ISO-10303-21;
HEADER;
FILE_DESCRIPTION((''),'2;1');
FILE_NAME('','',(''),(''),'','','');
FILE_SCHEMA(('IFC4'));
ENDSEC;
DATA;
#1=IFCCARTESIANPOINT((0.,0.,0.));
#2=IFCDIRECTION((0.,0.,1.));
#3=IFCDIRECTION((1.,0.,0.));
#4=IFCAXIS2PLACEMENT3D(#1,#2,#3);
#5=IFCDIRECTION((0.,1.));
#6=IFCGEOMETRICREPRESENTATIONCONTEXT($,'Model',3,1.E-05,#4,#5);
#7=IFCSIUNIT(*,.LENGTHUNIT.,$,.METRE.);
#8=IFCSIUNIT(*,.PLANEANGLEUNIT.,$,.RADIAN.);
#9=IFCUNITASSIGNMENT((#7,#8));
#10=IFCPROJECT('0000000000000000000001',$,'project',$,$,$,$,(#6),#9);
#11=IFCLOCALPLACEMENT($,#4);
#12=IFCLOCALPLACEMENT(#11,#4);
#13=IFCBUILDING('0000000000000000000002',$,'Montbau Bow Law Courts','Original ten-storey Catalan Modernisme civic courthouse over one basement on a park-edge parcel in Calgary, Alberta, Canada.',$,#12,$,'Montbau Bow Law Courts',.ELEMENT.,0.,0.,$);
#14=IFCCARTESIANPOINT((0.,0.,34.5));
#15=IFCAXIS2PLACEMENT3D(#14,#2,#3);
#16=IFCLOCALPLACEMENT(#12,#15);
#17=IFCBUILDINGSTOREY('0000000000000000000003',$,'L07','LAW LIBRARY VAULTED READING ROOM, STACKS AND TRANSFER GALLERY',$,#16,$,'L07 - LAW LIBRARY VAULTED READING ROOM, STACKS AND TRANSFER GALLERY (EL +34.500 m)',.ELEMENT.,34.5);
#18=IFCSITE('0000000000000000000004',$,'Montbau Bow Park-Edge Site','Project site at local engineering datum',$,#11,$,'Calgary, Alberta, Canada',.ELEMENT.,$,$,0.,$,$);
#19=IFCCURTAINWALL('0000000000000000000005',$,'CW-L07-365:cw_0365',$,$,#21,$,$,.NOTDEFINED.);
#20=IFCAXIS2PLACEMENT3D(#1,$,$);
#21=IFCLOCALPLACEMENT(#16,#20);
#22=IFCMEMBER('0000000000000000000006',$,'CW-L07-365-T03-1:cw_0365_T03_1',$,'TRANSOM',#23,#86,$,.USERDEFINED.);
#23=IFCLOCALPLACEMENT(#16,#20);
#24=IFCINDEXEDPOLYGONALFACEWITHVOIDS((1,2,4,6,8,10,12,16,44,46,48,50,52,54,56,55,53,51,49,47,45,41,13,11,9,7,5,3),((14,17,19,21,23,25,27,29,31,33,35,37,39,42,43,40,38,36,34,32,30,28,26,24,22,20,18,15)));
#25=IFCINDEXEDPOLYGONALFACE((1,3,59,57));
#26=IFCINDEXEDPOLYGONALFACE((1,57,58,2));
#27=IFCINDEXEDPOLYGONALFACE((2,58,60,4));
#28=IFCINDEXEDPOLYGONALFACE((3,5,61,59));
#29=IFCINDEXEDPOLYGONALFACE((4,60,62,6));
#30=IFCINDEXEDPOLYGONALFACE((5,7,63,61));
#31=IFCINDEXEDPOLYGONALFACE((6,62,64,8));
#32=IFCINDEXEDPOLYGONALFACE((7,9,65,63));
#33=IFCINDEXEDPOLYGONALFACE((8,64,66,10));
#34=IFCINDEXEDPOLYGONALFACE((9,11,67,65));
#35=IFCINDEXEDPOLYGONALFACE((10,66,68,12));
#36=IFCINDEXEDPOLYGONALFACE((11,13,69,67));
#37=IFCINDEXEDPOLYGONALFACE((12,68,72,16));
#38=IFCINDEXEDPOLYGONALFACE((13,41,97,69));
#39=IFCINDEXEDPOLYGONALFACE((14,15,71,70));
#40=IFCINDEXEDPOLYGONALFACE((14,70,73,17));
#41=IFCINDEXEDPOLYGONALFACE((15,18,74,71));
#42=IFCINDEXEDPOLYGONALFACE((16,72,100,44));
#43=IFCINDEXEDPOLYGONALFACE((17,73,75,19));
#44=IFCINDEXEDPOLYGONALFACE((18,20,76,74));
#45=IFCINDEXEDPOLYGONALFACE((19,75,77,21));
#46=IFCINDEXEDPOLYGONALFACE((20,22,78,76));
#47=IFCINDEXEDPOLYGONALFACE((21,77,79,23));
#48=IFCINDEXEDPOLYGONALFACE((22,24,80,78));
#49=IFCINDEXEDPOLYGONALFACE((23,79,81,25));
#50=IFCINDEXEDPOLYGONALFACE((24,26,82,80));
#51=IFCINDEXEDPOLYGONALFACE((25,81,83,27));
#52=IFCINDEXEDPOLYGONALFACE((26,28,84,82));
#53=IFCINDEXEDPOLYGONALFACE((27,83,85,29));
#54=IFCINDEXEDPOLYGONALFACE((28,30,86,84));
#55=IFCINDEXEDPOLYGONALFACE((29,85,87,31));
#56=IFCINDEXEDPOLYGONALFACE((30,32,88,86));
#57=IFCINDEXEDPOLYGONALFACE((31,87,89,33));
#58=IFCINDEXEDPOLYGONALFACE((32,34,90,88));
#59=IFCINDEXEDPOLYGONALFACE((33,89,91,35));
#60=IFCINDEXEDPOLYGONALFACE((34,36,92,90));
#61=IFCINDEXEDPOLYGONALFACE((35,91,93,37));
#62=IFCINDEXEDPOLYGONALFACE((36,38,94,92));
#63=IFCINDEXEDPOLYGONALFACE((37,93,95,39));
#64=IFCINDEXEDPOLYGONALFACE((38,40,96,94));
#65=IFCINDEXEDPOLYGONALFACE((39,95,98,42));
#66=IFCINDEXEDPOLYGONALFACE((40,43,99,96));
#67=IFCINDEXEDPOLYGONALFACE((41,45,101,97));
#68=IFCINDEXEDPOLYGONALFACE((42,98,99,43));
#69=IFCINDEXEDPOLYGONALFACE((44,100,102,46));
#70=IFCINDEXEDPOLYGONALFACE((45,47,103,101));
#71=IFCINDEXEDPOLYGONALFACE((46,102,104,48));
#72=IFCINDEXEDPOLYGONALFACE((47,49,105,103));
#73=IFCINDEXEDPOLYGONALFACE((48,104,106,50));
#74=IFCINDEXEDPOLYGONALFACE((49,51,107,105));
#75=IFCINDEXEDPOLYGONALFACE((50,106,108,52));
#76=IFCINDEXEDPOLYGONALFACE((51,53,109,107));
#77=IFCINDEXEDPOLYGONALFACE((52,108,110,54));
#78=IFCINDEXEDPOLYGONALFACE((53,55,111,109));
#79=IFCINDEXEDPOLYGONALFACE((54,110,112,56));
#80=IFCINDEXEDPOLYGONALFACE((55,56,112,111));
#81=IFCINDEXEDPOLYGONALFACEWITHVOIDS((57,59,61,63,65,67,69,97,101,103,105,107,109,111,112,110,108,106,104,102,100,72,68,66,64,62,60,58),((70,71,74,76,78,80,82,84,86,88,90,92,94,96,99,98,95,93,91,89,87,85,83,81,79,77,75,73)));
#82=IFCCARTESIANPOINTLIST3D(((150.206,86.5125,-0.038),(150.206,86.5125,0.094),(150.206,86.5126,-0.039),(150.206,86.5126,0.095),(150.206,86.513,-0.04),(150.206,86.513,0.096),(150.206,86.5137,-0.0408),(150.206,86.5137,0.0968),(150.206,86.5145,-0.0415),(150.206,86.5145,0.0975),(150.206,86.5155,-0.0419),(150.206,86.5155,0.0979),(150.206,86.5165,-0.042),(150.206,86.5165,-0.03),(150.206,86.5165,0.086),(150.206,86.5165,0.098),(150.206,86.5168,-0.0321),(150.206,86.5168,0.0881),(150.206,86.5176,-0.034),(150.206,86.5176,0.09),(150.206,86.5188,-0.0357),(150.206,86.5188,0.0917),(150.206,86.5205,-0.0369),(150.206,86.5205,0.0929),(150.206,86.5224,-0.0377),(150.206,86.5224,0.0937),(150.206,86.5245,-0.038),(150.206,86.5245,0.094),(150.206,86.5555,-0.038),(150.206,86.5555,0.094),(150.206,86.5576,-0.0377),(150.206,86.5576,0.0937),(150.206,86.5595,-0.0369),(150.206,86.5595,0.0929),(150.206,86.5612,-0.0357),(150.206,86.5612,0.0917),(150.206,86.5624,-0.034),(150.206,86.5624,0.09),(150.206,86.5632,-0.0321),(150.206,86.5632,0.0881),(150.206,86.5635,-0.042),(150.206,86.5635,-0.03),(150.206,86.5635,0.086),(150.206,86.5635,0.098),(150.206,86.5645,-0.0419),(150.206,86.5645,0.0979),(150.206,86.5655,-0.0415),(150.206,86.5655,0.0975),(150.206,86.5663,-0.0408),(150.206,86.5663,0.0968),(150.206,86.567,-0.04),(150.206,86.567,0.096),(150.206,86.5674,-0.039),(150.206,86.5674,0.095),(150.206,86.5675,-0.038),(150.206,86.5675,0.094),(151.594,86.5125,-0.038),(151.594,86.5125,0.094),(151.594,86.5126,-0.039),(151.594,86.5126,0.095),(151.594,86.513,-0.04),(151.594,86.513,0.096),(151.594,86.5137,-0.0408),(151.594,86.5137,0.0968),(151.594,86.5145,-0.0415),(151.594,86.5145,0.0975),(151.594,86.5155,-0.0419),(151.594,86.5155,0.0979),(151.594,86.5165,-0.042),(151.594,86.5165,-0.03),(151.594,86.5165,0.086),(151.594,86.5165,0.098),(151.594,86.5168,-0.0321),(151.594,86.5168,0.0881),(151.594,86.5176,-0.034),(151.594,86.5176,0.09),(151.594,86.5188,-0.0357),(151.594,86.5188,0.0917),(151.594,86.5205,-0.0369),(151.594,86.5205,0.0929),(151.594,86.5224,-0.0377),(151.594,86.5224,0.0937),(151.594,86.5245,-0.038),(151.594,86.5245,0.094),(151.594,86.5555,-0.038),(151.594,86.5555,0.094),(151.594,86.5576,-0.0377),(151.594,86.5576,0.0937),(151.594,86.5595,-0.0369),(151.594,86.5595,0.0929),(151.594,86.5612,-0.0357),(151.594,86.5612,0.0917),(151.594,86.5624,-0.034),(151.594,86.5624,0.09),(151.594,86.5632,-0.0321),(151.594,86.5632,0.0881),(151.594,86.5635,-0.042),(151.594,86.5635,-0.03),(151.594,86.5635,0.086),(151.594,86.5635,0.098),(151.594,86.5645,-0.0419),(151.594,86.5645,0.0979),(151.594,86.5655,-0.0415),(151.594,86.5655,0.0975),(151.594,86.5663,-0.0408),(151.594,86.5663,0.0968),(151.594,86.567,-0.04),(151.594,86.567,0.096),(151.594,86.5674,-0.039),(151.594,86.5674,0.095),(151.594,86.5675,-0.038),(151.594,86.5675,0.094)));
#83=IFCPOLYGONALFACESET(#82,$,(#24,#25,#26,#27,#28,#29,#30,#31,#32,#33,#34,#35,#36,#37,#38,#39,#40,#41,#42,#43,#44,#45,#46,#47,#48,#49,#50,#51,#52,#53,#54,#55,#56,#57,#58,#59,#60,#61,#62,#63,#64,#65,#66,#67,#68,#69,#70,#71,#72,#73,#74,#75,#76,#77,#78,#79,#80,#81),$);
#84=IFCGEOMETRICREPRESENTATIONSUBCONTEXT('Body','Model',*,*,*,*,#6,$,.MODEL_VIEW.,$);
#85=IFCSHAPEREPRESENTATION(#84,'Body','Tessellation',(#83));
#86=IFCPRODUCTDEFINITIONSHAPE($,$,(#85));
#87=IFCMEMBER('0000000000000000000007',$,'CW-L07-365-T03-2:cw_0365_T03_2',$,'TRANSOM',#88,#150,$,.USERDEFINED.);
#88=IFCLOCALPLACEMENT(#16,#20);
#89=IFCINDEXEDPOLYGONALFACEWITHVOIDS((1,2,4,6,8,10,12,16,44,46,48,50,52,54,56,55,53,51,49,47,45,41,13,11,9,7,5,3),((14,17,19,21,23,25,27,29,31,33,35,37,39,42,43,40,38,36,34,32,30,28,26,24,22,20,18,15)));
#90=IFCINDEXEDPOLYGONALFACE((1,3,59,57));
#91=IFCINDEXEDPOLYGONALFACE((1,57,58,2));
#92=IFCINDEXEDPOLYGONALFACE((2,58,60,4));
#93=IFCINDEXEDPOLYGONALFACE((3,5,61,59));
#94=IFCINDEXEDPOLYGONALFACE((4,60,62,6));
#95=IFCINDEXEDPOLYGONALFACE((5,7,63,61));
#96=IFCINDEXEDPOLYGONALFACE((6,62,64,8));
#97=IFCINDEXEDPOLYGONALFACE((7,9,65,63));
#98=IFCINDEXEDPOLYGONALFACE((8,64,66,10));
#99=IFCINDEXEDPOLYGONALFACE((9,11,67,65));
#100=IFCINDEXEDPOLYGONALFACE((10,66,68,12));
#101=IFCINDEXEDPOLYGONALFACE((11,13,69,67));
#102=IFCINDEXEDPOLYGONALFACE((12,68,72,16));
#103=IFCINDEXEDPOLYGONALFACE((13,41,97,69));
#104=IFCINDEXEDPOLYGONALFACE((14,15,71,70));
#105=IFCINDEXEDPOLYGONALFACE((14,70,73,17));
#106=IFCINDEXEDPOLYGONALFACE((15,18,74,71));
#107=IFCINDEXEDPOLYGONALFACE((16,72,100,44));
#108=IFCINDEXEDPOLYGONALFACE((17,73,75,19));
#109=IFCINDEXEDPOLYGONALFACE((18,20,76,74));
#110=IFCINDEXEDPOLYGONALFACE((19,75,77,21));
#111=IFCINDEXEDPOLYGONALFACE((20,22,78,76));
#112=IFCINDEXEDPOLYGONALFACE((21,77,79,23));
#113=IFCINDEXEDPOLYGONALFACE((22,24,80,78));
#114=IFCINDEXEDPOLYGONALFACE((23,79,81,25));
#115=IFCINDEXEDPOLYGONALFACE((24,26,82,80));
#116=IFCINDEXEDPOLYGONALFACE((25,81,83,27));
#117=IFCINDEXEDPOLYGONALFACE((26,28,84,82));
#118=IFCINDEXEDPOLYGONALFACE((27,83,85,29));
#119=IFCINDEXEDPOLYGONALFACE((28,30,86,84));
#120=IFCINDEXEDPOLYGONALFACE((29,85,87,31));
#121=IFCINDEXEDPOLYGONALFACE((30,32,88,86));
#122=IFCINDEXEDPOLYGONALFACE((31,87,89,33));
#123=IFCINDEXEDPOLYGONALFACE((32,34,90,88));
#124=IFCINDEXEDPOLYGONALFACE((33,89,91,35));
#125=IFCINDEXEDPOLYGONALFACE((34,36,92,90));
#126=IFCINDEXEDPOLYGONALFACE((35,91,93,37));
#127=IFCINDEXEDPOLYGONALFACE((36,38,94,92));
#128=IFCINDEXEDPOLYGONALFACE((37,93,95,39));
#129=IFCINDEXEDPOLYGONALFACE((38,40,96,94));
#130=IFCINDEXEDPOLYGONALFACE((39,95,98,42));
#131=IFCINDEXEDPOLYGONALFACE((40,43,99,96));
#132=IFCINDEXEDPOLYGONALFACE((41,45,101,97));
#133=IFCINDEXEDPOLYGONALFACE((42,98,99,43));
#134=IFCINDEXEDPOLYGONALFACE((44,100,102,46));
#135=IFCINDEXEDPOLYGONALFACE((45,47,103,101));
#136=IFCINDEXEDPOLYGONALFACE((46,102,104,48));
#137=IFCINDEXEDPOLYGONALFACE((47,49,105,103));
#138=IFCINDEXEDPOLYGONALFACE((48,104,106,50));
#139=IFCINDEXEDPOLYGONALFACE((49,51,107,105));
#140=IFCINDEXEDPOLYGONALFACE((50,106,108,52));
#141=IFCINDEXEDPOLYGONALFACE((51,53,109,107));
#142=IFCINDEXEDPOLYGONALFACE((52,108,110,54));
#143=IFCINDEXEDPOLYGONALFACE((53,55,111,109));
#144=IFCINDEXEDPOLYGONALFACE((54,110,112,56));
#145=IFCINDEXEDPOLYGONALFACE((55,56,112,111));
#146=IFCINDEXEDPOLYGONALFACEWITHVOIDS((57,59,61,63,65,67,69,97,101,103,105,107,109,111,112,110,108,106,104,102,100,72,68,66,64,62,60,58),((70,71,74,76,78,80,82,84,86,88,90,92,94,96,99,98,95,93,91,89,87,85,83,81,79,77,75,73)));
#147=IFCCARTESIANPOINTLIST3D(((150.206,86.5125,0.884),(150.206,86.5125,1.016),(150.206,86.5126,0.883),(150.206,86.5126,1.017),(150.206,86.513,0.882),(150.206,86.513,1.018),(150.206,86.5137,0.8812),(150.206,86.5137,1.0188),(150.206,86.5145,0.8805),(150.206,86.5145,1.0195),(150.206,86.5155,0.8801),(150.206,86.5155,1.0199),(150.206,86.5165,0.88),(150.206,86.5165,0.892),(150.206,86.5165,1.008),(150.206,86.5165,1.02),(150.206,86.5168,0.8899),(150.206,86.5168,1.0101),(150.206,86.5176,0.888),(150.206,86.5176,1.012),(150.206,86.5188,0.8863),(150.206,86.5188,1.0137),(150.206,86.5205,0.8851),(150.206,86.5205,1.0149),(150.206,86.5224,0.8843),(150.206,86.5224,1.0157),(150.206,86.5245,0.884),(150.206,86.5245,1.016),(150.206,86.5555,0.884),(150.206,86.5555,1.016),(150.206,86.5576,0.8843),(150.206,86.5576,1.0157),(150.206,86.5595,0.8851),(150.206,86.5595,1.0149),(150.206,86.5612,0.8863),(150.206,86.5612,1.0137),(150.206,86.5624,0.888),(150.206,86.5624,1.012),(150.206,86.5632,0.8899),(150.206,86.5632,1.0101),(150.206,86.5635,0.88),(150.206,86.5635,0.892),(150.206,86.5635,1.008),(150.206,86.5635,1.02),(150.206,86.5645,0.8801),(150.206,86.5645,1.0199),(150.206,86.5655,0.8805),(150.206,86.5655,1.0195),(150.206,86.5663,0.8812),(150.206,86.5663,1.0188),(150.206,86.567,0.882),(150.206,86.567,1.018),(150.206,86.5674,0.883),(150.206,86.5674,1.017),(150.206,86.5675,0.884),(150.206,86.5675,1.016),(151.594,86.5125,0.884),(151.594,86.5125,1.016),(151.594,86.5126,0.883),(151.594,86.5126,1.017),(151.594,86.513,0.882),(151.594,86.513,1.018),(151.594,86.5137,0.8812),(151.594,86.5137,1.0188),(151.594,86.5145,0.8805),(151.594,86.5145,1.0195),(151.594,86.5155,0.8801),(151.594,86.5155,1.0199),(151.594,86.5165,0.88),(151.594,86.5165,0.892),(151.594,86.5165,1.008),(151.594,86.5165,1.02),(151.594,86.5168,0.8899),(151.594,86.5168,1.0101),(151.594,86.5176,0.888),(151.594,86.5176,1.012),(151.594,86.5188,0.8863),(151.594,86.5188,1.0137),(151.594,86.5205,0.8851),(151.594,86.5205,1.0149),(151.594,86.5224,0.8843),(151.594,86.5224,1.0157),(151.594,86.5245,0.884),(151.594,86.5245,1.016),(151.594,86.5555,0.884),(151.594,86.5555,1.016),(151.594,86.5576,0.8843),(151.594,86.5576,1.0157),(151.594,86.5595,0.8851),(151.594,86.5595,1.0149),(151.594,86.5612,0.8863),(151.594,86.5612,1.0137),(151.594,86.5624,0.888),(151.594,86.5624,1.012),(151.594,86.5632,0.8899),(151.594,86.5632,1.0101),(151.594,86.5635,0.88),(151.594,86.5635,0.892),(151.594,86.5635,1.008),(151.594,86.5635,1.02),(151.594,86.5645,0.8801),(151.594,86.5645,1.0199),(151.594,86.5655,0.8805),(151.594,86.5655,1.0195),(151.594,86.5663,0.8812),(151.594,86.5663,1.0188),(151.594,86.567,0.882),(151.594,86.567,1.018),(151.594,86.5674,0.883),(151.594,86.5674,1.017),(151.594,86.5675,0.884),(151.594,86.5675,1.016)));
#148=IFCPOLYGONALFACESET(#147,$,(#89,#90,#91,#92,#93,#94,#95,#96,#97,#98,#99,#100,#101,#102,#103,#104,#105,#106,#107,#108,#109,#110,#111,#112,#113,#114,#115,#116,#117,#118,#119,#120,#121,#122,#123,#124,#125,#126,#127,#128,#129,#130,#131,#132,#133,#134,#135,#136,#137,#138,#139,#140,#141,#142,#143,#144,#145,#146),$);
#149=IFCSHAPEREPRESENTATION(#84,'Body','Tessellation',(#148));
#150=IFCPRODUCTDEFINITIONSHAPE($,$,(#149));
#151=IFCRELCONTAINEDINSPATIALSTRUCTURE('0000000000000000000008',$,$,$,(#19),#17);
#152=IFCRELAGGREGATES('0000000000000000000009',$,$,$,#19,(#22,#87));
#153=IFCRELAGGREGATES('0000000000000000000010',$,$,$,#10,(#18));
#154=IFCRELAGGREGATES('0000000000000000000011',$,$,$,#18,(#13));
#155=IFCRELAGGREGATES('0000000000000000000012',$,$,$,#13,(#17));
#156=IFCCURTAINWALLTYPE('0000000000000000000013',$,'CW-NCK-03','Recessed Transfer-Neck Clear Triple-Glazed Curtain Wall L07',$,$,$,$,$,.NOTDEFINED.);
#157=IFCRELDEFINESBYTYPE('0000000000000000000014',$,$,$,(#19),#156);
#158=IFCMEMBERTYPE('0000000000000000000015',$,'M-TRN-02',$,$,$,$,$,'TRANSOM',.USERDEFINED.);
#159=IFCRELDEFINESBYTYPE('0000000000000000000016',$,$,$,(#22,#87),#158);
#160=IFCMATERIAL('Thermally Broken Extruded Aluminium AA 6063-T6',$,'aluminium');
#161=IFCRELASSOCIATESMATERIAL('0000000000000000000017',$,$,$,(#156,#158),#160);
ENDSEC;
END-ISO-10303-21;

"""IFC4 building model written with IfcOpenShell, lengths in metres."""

from ifc_helpers import new_model, si_unit, direction, frame, origin_with_axes, origin_2d_with_axis, place, context, subcontext, project, spatial, hollow_rectangle, extrude, material, material_profile, profile_set, type_object, element, aggregate, save


model = new_model("IFC4")

# Units and contexts
model_context = context("Model", 3, precision=1e-05, world=origin_with_axes(), true_north=direction((0.0, 1.0)))
body_context = subcontext(model_context, "Body", "Model", "MODEL_VIEW")
ifc_project = project(units=[si_unit("LENGTHUNIT", "METRE"), si_unit("PLANEANGLEUNIT", "RADIAN")], contexts=[model_context])

# Site, building, storey
site_placement = place(None, origin_with_axes())
site = spatial("IfcSite", under=ifc_project, at=site_placement, Name="Montbau Bow Park-Edge Site", Description="Project site at local engineering datum", LongName="Calgary, Alberta, Canada", CompositionType="ELEMENT", RefElevation=0.0)
building_placement = place(site_placement, origin_with_axes())
building = spatial("IfcBuilding", under=site, at=building_placement, Name="Montbau Bow Law Courts", Description="Original ten-storey Catalan Modernisme civic courthouse over one basement on a park-edge parcel in Calgary, Alberta, Canada.", LongName="Montbau Bow Law Courts", CompositionType="ELEMENT", ElevationOfRefHeight=0.0, ElevationOfTerrain=0.0)
storey_placement = place(building_placement, frame((0.0, 0.0, 34.5), z_axis=(0.0, 0.0, 1.0), x_axis=(1.0, 0.0, 0.0)))
storey = spatial("IfcBuildingStorey", under=building, at=storey_placement, Name="L07", Description="LAW LIBRARY VAULTED READING ROOM, STACKS AND TRANSFER GALLERY", LongName="L07 - LAW LIBRARY VAULTED READING ROOM, STACKS AND TRANSFER GALLERY (EL +34.500 m)", CompositionType="ELEMENT", Elevation=34.5)

# Curtain wall, members
ifc_material_1 = material(Name="Thermally Broken Extruded Aluminium AA 6063-T6", Category="aluminium")
curtain_wall_type = type_object("IfcCurtainWallType", Name="CW-NCK-03", Description="Recessed Transfer-Neck Clear Triple-Glazed Curtain Wall L07", PredefinedType="NOTDEFINED", material=ifc_material_1)
curtain_wall_placement = place(None, frame((147.268, 86.54, 34.5), z_axis=(0.0, 0.0, 1.0), x_axis=(1.0, 0.0, 0.0)))
curtain_wall = element("IfcCurtainWall", 1, at=curtain_wall_placement, inside=storey, type_object=curtain_wall_type, Name="CW-L07-365:cw_0365", PredefinedType="NOTDEFINED")
ifc_material_profile_1 = material_profile(ifc_material_1, hollow_rectangle(XDim=0.055, YDim=0.14, WallThickness=0.004, InnerFilletRadius=0.008, OuterFilletRadius=0.004, at=origin_2d_with_axis()), Name="CWT-140X55", Category="Main", Priority=0)
ifc_profile_set_1 = profile_set([ifc_material_profile_1], Name="Thermally Broken Extruded Aluminium AA 6063-T6")
member_type_1 = type_object("IfcMemberType", Name="M-TRN-02", ElementType="TRANSOM", PredefinedType="USERDEFINED", material=ifc_profile_set_1)
member_1_placement = place(None, frame((150.206, 86.54, 34.528), z_axis=(1.0, 0.0, 0.0), x_axis=(0.0, 1.0, 0.0)))
member_1 = element("IfcMember", 2, at=member_1_placement, type_object=member_type_1, Name="CW-L07-365-T03-1:cw_0365_T03_1", ObjectType="TRANSOM", PredefinedType="USERDEFINED", context=body_context, shape_type="SweptSolid", body=[
    extrude(hollow_rectangle(XDim=0.055, YDim=0.14, WallThickness=0.004, InnerFilletRadius=0.008, OuterFilletRadius=0.004, at=origin_2d_with_axis()), origin_with_axes(), (0.0, 0.0, 1.0), 1.388),
])
member_2_placement = place(None, frame((150.206, 86.54, 35.45), z_axis=(1.0, 0.0, 0.0), x_axis=(0.0, 1.0, 0.0)))
member_2 = element("IfcMember", 3, at=member_2_placement, type_object=member_type_1, Name="CW-L07-365-T03-2:cw_0365_T03_2", ObjectType="TRANSOM", PredefinedType="USERDEFINED", context=body_context, shape_type="SweptSolid", body=[
    extrude(hollow_rectangle(XDim=0.055, YDim=0.14, WallThickness=0.004, InnerFilletRadius=0.008, OuterFilletRadius=0.004, at=origin_2d_with_axis()), origin_with_axes(), (0.0, 0.0, 1.0), 1.388),
])
aggregate(curtain_wall, [member_1, member_2])

save(model, "model.ifc")
